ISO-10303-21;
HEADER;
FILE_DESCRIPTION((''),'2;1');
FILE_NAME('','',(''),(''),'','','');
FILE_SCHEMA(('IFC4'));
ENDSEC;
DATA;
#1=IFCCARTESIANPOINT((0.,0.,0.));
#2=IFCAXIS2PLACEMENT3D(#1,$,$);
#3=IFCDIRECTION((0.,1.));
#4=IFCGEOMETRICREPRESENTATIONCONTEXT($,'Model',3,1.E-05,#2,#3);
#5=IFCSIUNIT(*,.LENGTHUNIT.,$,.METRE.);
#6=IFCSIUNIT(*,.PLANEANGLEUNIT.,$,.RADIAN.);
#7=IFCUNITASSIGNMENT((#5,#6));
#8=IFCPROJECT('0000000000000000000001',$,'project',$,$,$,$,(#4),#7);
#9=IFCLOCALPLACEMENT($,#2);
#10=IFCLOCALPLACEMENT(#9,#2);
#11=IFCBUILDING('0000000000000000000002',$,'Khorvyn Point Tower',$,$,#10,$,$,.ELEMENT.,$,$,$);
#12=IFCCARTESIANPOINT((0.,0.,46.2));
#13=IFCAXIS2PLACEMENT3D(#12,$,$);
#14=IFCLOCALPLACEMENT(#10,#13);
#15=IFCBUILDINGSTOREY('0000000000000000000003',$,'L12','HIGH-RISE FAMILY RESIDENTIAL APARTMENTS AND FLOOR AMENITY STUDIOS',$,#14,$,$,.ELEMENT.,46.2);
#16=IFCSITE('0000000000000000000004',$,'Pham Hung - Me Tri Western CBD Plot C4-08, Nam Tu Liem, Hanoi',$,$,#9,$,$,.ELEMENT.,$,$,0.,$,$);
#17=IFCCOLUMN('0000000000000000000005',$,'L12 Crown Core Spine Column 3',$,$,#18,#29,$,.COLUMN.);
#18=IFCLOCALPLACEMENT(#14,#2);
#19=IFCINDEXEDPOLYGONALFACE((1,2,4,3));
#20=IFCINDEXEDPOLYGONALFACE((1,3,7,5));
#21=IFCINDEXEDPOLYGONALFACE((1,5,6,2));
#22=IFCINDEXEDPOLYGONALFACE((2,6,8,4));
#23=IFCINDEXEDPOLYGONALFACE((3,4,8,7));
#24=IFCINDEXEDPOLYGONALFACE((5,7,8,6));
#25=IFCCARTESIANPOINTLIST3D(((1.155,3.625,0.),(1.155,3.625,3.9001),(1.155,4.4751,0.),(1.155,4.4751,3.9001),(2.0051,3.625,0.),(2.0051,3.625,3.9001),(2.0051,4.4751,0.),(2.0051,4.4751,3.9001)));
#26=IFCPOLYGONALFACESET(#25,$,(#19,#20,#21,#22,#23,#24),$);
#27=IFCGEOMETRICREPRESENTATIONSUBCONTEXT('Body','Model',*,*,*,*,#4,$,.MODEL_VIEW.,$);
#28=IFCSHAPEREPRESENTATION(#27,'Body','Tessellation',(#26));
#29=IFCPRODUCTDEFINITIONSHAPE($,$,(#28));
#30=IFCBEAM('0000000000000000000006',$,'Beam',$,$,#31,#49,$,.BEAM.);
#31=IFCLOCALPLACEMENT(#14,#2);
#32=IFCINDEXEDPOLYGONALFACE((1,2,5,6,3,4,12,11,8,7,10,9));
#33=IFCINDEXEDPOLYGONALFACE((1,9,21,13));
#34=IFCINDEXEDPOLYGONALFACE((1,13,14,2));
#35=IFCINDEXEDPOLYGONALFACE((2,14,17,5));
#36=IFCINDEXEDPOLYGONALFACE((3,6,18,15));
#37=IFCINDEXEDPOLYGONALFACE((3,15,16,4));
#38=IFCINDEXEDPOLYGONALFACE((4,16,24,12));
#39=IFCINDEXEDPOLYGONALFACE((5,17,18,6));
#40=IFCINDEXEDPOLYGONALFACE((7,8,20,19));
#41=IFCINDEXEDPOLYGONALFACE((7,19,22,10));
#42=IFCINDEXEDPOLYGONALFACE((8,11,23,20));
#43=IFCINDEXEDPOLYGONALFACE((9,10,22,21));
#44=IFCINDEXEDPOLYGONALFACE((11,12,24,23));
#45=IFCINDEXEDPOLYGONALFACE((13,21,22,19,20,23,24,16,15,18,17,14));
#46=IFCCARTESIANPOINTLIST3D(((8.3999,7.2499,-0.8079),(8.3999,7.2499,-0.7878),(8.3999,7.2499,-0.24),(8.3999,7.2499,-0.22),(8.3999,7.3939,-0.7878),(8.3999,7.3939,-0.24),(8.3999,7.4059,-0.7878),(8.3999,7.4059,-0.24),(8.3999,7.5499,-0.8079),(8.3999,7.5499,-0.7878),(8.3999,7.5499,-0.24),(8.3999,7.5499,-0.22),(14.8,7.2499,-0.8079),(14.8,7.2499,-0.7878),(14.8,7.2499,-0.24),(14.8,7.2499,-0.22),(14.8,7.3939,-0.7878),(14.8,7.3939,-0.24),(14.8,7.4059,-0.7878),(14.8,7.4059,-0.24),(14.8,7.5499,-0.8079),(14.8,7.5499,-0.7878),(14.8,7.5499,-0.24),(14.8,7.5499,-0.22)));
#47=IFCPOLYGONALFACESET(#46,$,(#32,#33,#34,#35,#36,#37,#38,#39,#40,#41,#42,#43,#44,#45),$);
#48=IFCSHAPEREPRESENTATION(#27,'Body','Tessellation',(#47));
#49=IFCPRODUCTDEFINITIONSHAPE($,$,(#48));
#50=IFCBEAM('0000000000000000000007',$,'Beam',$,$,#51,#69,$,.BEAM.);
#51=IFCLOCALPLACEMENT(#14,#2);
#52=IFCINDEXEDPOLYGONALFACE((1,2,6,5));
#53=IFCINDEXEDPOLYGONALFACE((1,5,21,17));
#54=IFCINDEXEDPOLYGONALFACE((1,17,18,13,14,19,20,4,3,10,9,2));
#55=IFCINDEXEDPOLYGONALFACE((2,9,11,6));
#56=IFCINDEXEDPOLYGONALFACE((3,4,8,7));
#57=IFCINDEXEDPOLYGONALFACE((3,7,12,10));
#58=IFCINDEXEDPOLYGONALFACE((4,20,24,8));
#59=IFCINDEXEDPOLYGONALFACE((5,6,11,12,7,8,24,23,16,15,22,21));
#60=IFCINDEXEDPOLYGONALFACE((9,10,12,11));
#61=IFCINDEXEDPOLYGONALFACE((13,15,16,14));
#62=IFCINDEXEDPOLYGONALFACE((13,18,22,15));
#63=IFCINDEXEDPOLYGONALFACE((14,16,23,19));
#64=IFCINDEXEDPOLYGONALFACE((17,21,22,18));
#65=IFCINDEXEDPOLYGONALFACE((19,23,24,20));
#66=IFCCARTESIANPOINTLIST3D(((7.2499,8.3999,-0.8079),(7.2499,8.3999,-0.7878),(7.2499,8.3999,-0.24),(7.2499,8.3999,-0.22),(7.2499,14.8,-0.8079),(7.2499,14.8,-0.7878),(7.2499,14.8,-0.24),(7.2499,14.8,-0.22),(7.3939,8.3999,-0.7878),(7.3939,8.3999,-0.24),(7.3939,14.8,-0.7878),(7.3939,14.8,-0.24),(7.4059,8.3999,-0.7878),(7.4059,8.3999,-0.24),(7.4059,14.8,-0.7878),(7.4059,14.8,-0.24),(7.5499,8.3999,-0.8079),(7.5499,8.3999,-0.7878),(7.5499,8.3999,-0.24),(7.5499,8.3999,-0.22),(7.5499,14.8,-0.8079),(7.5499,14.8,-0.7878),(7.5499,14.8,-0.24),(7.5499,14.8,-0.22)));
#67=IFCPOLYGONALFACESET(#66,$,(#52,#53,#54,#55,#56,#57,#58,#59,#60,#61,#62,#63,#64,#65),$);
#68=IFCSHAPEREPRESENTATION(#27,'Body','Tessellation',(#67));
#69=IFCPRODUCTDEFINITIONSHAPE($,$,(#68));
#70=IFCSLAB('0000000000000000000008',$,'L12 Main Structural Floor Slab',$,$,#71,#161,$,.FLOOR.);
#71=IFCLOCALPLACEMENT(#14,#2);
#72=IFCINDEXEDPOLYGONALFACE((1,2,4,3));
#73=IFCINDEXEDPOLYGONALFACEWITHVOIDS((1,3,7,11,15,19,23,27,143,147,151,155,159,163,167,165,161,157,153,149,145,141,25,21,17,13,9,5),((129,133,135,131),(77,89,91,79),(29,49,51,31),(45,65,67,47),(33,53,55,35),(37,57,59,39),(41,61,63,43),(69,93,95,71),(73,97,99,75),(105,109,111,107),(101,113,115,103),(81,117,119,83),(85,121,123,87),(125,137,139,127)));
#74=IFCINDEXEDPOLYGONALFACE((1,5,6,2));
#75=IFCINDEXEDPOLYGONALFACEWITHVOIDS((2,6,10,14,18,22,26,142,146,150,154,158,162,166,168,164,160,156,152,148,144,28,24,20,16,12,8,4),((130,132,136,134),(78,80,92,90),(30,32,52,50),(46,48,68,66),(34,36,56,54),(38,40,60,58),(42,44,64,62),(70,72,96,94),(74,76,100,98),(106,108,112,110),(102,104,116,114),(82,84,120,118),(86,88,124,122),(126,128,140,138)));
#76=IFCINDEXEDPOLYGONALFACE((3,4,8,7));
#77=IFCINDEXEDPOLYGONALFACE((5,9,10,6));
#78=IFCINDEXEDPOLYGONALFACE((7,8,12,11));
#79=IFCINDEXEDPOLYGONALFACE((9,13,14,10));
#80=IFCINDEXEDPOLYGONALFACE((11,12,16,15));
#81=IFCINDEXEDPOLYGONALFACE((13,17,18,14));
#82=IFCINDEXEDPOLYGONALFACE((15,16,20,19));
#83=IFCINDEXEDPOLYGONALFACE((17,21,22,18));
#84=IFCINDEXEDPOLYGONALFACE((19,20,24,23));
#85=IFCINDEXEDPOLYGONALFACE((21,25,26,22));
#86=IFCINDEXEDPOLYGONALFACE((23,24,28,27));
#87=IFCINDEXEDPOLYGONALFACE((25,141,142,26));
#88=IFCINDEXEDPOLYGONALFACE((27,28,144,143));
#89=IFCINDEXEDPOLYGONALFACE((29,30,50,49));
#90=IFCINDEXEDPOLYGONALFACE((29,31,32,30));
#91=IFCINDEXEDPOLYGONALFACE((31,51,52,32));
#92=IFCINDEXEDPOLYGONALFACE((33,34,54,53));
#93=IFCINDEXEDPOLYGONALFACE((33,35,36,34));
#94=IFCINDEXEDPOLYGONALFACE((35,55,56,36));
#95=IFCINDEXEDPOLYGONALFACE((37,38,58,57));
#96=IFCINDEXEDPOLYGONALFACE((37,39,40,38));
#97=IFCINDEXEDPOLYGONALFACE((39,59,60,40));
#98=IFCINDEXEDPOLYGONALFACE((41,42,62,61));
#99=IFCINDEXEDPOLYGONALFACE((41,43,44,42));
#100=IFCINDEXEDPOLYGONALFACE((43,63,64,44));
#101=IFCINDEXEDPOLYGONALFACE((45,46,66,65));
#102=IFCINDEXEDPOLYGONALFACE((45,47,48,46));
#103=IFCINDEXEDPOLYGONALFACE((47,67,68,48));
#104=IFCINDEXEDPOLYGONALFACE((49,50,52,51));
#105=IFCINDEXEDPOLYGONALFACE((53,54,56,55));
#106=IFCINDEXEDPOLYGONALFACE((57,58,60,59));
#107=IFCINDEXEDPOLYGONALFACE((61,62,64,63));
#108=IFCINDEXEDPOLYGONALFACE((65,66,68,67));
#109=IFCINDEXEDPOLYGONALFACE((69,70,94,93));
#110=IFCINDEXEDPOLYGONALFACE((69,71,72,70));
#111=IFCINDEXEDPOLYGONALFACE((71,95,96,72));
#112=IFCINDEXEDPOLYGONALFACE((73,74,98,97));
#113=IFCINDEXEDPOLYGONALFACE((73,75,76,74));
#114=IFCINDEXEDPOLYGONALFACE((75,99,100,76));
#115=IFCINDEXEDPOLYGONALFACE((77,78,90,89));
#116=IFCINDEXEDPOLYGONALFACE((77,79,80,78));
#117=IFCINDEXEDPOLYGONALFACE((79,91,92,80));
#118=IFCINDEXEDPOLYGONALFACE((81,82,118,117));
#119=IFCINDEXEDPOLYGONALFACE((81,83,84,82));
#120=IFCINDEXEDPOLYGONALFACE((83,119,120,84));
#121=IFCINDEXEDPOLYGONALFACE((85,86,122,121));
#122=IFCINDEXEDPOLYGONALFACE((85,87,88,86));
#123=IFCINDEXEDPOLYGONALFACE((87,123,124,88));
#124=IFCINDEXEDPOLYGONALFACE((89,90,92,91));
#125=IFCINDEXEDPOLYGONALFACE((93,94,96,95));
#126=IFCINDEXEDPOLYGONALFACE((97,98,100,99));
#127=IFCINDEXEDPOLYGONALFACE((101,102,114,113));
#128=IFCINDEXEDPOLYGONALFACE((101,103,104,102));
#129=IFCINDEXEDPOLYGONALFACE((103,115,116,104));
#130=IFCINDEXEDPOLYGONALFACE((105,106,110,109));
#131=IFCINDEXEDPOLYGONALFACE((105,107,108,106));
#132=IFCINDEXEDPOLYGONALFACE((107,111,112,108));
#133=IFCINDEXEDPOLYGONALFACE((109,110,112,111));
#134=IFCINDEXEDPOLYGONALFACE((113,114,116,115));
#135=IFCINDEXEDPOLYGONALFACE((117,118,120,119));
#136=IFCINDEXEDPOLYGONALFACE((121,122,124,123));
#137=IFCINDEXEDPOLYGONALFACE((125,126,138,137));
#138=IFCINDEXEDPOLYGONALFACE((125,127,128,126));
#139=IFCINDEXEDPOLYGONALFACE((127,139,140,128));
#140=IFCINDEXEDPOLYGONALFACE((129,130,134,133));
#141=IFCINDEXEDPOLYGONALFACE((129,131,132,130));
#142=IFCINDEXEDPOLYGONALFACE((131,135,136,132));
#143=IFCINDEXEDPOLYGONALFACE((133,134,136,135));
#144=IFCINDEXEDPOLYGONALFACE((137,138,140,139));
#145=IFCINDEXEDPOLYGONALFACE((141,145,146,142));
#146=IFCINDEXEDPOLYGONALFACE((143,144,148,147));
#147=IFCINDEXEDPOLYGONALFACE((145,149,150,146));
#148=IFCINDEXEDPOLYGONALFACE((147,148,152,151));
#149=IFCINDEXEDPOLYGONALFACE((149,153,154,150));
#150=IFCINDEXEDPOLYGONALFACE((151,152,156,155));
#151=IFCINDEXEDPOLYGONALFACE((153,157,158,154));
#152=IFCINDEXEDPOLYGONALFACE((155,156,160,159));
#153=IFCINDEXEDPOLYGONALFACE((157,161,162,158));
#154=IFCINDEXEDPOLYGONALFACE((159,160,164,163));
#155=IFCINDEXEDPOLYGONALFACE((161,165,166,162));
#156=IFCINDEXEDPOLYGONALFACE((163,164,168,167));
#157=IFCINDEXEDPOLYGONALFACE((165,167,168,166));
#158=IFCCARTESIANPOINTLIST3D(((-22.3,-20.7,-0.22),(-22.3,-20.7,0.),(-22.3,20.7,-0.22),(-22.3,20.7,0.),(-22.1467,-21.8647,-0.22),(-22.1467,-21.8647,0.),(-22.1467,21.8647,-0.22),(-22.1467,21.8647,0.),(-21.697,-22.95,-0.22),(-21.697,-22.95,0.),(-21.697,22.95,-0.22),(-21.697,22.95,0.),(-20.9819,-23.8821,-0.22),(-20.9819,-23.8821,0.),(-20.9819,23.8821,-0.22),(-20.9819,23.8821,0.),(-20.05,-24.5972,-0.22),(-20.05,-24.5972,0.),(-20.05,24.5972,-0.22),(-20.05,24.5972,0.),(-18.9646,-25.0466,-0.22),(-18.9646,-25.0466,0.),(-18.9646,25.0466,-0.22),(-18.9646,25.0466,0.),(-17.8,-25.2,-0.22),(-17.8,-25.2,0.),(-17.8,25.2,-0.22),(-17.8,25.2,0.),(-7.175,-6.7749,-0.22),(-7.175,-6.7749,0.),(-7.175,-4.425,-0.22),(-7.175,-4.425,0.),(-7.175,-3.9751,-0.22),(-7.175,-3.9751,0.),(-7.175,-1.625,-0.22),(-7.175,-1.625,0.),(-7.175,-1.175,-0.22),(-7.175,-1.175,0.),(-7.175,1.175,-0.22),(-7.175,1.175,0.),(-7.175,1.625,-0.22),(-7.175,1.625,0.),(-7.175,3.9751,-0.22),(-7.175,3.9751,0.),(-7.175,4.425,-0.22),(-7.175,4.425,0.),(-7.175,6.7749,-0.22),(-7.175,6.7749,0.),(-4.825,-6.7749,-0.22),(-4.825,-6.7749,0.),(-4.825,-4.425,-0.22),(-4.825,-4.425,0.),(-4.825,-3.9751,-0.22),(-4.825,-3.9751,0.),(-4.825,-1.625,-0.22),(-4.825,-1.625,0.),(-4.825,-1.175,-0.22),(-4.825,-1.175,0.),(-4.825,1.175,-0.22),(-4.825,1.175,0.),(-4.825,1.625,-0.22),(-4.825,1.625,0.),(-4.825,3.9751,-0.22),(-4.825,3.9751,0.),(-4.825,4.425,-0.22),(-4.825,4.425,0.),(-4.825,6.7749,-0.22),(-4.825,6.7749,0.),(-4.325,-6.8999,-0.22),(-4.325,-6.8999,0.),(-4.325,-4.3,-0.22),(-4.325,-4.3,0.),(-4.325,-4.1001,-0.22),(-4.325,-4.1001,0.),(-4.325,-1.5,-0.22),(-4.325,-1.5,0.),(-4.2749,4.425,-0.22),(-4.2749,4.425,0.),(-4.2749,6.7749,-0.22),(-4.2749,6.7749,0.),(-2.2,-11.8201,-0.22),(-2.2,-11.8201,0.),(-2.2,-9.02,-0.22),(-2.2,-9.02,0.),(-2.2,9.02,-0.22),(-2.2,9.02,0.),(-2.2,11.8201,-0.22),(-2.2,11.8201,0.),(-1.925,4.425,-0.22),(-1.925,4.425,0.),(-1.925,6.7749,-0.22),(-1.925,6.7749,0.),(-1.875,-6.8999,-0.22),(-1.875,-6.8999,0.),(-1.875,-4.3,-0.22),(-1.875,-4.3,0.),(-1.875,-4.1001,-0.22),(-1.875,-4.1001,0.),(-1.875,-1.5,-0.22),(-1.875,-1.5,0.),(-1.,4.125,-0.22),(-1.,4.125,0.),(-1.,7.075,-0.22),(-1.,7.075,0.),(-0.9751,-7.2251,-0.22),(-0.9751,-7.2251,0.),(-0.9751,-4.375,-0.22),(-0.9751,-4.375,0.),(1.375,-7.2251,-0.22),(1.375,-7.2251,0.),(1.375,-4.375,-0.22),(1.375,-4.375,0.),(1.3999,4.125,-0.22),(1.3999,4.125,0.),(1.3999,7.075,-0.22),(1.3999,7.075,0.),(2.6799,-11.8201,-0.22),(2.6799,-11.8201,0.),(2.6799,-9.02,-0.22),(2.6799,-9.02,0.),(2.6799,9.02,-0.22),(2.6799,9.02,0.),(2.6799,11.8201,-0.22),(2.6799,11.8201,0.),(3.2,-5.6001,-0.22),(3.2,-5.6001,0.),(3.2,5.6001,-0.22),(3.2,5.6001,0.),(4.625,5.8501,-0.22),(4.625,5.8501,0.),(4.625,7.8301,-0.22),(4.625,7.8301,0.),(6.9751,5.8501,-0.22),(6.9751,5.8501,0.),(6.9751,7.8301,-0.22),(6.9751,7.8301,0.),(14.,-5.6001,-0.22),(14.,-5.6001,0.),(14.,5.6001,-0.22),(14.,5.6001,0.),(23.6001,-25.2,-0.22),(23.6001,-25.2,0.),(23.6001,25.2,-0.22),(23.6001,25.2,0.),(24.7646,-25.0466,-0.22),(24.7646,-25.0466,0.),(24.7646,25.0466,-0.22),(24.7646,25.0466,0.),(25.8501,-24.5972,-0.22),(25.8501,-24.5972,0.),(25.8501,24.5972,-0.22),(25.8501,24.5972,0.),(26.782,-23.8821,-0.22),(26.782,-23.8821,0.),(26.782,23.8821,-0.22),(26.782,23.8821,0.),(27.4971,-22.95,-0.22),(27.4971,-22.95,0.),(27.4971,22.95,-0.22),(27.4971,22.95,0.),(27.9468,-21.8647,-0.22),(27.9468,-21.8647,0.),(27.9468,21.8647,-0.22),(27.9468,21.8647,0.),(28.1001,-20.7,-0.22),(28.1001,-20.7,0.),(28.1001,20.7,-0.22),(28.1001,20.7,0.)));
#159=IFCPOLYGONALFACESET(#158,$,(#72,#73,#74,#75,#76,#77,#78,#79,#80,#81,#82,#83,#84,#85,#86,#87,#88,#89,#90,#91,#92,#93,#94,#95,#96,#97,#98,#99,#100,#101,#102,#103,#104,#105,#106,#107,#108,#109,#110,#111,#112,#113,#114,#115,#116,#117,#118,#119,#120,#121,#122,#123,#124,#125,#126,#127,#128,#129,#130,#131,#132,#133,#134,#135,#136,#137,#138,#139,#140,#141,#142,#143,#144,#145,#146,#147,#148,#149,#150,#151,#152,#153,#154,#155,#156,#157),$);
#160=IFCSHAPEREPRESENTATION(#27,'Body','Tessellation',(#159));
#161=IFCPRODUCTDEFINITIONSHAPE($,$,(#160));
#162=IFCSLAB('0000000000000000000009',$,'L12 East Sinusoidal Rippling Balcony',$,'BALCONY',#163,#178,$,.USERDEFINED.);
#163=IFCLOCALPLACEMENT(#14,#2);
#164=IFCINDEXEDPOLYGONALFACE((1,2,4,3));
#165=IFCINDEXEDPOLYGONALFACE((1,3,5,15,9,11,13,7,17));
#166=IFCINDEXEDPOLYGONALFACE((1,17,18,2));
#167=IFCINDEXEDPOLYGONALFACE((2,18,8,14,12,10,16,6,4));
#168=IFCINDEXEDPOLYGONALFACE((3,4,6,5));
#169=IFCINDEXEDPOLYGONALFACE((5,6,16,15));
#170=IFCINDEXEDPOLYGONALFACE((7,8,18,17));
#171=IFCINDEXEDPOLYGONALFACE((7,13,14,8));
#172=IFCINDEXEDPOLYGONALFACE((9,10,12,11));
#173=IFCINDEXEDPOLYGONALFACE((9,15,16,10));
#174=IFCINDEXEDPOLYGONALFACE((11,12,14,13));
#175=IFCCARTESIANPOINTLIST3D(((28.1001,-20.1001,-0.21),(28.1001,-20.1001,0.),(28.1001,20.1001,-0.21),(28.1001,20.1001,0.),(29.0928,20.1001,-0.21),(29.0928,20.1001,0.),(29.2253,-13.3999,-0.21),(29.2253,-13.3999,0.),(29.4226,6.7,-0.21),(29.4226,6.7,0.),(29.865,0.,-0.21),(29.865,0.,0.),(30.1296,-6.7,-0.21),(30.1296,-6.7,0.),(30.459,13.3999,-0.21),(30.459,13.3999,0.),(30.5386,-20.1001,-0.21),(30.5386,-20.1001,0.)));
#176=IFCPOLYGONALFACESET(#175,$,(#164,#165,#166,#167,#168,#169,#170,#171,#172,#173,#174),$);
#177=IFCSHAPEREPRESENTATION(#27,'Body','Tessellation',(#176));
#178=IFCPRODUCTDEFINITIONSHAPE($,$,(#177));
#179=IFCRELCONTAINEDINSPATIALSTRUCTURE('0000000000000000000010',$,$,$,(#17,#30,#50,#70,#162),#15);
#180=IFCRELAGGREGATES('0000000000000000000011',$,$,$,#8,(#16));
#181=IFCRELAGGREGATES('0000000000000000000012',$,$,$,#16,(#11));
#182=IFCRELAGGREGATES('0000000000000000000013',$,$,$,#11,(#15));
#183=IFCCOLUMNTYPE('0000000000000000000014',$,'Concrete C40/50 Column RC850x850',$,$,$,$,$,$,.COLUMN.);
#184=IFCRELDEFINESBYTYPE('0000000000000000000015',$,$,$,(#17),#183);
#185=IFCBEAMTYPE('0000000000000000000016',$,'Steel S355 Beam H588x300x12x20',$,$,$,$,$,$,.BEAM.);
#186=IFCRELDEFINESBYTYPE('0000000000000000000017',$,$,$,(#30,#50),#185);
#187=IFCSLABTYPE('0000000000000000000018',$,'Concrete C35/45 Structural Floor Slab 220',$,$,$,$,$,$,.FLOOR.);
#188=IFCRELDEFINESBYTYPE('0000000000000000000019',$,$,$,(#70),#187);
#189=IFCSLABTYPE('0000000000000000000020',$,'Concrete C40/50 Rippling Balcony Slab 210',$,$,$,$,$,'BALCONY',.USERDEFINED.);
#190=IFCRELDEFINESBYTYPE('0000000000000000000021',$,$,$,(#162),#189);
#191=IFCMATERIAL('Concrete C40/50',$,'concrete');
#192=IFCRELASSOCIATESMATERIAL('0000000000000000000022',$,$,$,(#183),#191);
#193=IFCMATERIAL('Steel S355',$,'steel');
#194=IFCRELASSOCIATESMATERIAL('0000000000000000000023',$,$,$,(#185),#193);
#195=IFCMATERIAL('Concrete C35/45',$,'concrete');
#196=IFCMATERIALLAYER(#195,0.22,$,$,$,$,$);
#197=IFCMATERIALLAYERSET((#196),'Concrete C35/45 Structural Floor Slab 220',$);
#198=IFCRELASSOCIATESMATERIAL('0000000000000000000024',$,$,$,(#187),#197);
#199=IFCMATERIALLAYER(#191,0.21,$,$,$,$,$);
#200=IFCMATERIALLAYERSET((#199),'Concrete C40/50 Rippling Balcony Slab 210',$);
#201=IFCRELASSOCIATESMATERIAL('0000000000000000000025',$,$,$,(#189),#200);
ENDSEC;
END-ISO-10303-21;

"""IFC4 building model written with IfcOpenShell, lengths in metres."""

from ifc_helpers import new_model, si_unit, direction, frame, origin, origin_2d, place, context, subcontext, project, spatial, polyline, rectangle, i_section, outline, extrude, material, layer, layer_set, material_profile, profile_set, type_object, element, save


model = new_model("IFC4")

# Units and contexts
model_context = context("Model", 3, precision=1e-05, world=origin(), true_north=direction((0.0, 1.0)))
body_context = subcontext(model_context, "Body", "Model", "MODEL_VIEW")
ifc_project = project(units=[si_unit("LENGTHUNIT", "METRE"), si_unit("PLANEANGLEUNIT", "RADIAN")], contexts=[model_context])

# Site, building, storey
site_placement = place(None, origin())
site = spatial("IfcSite", under=ifc_project, at=site_placement, Name="Pham Hung - Me Tri Western CBD Plot C4-08, Nam Tu Liem, Hanoi", CompositionType="ELEMENT", RefElevation=0.0)
building_placement = place(site_placement, origin())
building = spatial("IfcBuilding", under=site, at=building_placement, Name="Khorvyn Point Tower", CompositionType="ELEMENT")
storey_placement = place(building_placement, frame((0.0, 0.0, 46.2)))
storey = spatial("IfcBuildingStorey", under=building, at=storey_placement, Name="L12", Description="HIGH-RISE FAMILY RESIDENTIAL APARTMENTS AND FLOOR AMENITY STUDIOS", CompositionType="ELEMENT", Elevation=46.2)

# Column
ifc_material_1 = material(Name="Concrete C40/50", Category="concrete")
ifc_material_profile_1 = material_profile(ifc_material_1, rectangle(XDim=0.8501, YDim=0.8501, at=origin_2d()))
ifc_profile_set_1 = profile_set([ifc_material_profile_1], Name="Concrete C40/50 RC850x850")
column_type = type_object("IfcColumnType", Name="Concrete C40/50 Column RC850x850", PredefinedType="COLUMN", material=ifc_profile_set_1)
column_placement = place(storey_placement, frame((1.5801, 4.05, 0.0), z_axis=(0.0, 0.0, 1.0), x_axis=(1.0, 0.0, 0.0)))
element("IfcColumn", 1, at=column_placement, inside=storey, type_object=column_type, Name="L12 Crown Core Spine Column 3", PredefinedType="COLUMN", context=body_context, shape_type="SweptSolid", body=[
    extrude(rectangle(XDim=0.8501, YDim=0.8501, at=origin_2d()), origin(), (0.0, 0.0, 1.0), 3.9001),
])

# Beams
ifc_material_2 = material(Name="Steel S355", Category="steel")
ifc_material_profile_2 = material_profile(ifc_material_2, i_section(OverallWidth=0.3, OverallDepth=0.5879, WebThickness=0.012, FlangeThickness=0.02, at=origin_2d()))
ifc_profile_set_2 = profile_set([ifc_material_profile_2], Name="Steel S355 H588x300x12x20")
beam_type = type_object("IfcBeamType", Name="Steel S355 Beam H588x300x12x20", PredefinedType="BEAM", material=ifc_profile_set_2)
for number, where, z_axis, x_axis, name in (
    (2, (8.3999, 7.3999, -0.5139), (1.0, 0.0, 0.0), (0.0, 1.0, 0.0), "Beam"),
    (3, (7.3999, 8.3999, -0.5139), (0.0, 1.0, 0.0), (-1.0, 0.0, 0.0), "Beam"),
):
    element("IfcBeam", number, at=place(storey_placement, frame(where, z_axis=z_axis, x_axis=x_axis)), inside=storey, type_object=beam_type, Name=name, PredefinedType="BEAM", context=body_context, shape_type="SweptSolid", body=[
        extrude(i_section(OverallWidth=0.3, OverallDepth=0.5879, WebThickness=0.012, FlangeThickness=0.02, at=origin_2d()), origin(), (0.0, 0.0, 1.0), 6.4001),
    ])

# Slabs
ifc_material_3 = material(Name="Concrete C35/45", Category="concrete")
ifc_layer_1 = layer(ifc_material_3, 0.22)
ifc_layer_set_1 = layer_set([ifc_layer_1], Name="Concrete C35/45 Structural Floor Slab 220")
slab_type_1 = type_object("IfcSlabType", Name="Concrete C35/45 Structural Floor Slab 220", PredefinedType="FLOOR", material=ifc_layer_set_1)
slab_1_placement = place(storey_placement, frame((0.0, 0.0, -0.22)))
element("IfcSlab", 4, at=slab_1_placement, inside=storey, type_object=slab_type_1, Name="L12 Main Structural Floor Slab", PredefinedType="FLOOR", context=body_context, shape_type="SweptSolid", body=[
    extrude(outline(polyline([(-17.8, -25.2), (-18.9646, -25.0466), (-20.05, -24.5972), (-20.9819, -23.8821), (-21.697, -22.95), (-22.1467, -21.8647), (-22.3, -20.7), (-22.3, 20.7), (-22.1467, 21.8647), (-21.697, 22.95), (-20.9819, 23.8821), (-20.05, 24.5972), (-18.9646, 25.0466), (-17.8, 25.2), (23.6001, 25.2), (24.7646, 25.0466), (25.8501, 24.5972), (26.782, 23.8821), (27.4971, 22.95), (27.9468, 21.8647), (28.1001, 20.7), (28.1001, -20.7), (27.9468, -21.8647), (27.4971, -22.95), (26.782, -23.8821), (25.8501, -24.5972), (24.7646, -25.0466), (23.6001, -25.2), (-17.8, -25.2)]), holes=[polyline([(-4.825, -6.7749), (-4.825, -4.425), (-7.175, -4.425), (-7.175, -6.7749), (-4.825, -6.7749)]), polyline([(-4.325, -6.8999), (-1.875, -6.8999), (-1.875, -4.3), (-4.325, -4.3), (-4.325, -6.8999)]), polyline([(-7.175, -3.9751), (-4.825, -3.9751), (-4.825, -1.625), (-7.175, -1.625), (-7.175, -3.9751)]), polyline([(-7.175, -1.175), (-4.825, -1.175), (-4.825, 1.175), (-7.175, 1.175), (-7.175, -1.175)]), polyline([(-7.175, 1.625), (-4.825, 1.625), (-4.825, 3.9751), (-7.175, 3.9751), (-7.175, 1.625)]), polyline([(-7.175, 4.425), (-4.825, 4.425), (-4.825, 6.7749), (-7.175, 6.7749), (-7.175, 4.425)]), polyline([(-4.2749, 4.425), (-1.925, 4.425), (-1.925, 6.7749), (-4.2749, 6.7749), (-4.2749, 4.425)]), polyline([(2.6799, -11.8201), (2.6799, -9.02), (-2.2, -9.02), (-2.2, -11.8201), (2.6799, -11.8201)]), polyline([(-0.9751, -7.2251), (1.375, -7.2251), (1.375, -4.375), (-0.9751, -4.375), (-0.9751, -7.2251)]), polyline([(-4.325, -4.1001), (-1.875, -4.1001), (-1.875, -1.5), (-4.325, -1.5), (-4.325, -4.1001)]), polyline([(3.2, -5.6001), (14.0, -5.6001), (14.0, 5.6001), (3.2, 5.6001), (3.2, -5.6001)]), polyline([(-1.0, 4.125), (1.3999, 4.125), (1.3999, 7.075), (-1.0, 7.075), (-1.0, 4.125)]), polyline([(4.625, 5.8501), (6.9751, 5.8501), (6.9751, 7.8301), (4.625, 7.8301), (4.625, 5.8501)]), polyline([(-2.2, 9.02), (2.6799, 9.02), (2.6799, 11.8201), (-2.2, 11.8201), (-2.2, 9.02)])]), origin(), (0.0, 0.0, 1.0), 0.22),
])
ifc_layer_2 = layer(ifc_material_1, 0.21)
ifc_layer_set_2 = layer_set([ifc_layer_2], Name="Concrete C40/50 Rippling Balcony Slab 210")
slab_type_2 = type_object("IfcSlabType", Name="Concrete C40/50 Rippling Balcony Slab 210", ElementType="BALCONY", PredefinedType="USERDEFINED", material=ifc_layer_set_2)
slab_2_placement = place(storey_placement, frame((0.0, 0.0, -0.21)))
element("IfcSlab", 5, at=slab_2_placement, inside=storey, type_object=slab_type_2, Name="L12 East Sinusoidal Rippling Balcony", ObjectType="BALCONY", PredefinedType="USERDEFINED", context=body_context, shape_type="SweptSolid", body=[
    extrude(outline(polyline([(28.1001, -20.1001), (30.5386, -20.1001), (29.2253, -13.3999), (30.1296, -6.7), (29.865, 0.0), (29.4226, 6.7), (30.459, 13.3999), (29.0928, 20.1001), (28.1001, 20.1001), (28.1001, -20.1001)])), origin(), (0.0, 0.0, 1.0), 0.21),
])

save(model, "model.ifc")
